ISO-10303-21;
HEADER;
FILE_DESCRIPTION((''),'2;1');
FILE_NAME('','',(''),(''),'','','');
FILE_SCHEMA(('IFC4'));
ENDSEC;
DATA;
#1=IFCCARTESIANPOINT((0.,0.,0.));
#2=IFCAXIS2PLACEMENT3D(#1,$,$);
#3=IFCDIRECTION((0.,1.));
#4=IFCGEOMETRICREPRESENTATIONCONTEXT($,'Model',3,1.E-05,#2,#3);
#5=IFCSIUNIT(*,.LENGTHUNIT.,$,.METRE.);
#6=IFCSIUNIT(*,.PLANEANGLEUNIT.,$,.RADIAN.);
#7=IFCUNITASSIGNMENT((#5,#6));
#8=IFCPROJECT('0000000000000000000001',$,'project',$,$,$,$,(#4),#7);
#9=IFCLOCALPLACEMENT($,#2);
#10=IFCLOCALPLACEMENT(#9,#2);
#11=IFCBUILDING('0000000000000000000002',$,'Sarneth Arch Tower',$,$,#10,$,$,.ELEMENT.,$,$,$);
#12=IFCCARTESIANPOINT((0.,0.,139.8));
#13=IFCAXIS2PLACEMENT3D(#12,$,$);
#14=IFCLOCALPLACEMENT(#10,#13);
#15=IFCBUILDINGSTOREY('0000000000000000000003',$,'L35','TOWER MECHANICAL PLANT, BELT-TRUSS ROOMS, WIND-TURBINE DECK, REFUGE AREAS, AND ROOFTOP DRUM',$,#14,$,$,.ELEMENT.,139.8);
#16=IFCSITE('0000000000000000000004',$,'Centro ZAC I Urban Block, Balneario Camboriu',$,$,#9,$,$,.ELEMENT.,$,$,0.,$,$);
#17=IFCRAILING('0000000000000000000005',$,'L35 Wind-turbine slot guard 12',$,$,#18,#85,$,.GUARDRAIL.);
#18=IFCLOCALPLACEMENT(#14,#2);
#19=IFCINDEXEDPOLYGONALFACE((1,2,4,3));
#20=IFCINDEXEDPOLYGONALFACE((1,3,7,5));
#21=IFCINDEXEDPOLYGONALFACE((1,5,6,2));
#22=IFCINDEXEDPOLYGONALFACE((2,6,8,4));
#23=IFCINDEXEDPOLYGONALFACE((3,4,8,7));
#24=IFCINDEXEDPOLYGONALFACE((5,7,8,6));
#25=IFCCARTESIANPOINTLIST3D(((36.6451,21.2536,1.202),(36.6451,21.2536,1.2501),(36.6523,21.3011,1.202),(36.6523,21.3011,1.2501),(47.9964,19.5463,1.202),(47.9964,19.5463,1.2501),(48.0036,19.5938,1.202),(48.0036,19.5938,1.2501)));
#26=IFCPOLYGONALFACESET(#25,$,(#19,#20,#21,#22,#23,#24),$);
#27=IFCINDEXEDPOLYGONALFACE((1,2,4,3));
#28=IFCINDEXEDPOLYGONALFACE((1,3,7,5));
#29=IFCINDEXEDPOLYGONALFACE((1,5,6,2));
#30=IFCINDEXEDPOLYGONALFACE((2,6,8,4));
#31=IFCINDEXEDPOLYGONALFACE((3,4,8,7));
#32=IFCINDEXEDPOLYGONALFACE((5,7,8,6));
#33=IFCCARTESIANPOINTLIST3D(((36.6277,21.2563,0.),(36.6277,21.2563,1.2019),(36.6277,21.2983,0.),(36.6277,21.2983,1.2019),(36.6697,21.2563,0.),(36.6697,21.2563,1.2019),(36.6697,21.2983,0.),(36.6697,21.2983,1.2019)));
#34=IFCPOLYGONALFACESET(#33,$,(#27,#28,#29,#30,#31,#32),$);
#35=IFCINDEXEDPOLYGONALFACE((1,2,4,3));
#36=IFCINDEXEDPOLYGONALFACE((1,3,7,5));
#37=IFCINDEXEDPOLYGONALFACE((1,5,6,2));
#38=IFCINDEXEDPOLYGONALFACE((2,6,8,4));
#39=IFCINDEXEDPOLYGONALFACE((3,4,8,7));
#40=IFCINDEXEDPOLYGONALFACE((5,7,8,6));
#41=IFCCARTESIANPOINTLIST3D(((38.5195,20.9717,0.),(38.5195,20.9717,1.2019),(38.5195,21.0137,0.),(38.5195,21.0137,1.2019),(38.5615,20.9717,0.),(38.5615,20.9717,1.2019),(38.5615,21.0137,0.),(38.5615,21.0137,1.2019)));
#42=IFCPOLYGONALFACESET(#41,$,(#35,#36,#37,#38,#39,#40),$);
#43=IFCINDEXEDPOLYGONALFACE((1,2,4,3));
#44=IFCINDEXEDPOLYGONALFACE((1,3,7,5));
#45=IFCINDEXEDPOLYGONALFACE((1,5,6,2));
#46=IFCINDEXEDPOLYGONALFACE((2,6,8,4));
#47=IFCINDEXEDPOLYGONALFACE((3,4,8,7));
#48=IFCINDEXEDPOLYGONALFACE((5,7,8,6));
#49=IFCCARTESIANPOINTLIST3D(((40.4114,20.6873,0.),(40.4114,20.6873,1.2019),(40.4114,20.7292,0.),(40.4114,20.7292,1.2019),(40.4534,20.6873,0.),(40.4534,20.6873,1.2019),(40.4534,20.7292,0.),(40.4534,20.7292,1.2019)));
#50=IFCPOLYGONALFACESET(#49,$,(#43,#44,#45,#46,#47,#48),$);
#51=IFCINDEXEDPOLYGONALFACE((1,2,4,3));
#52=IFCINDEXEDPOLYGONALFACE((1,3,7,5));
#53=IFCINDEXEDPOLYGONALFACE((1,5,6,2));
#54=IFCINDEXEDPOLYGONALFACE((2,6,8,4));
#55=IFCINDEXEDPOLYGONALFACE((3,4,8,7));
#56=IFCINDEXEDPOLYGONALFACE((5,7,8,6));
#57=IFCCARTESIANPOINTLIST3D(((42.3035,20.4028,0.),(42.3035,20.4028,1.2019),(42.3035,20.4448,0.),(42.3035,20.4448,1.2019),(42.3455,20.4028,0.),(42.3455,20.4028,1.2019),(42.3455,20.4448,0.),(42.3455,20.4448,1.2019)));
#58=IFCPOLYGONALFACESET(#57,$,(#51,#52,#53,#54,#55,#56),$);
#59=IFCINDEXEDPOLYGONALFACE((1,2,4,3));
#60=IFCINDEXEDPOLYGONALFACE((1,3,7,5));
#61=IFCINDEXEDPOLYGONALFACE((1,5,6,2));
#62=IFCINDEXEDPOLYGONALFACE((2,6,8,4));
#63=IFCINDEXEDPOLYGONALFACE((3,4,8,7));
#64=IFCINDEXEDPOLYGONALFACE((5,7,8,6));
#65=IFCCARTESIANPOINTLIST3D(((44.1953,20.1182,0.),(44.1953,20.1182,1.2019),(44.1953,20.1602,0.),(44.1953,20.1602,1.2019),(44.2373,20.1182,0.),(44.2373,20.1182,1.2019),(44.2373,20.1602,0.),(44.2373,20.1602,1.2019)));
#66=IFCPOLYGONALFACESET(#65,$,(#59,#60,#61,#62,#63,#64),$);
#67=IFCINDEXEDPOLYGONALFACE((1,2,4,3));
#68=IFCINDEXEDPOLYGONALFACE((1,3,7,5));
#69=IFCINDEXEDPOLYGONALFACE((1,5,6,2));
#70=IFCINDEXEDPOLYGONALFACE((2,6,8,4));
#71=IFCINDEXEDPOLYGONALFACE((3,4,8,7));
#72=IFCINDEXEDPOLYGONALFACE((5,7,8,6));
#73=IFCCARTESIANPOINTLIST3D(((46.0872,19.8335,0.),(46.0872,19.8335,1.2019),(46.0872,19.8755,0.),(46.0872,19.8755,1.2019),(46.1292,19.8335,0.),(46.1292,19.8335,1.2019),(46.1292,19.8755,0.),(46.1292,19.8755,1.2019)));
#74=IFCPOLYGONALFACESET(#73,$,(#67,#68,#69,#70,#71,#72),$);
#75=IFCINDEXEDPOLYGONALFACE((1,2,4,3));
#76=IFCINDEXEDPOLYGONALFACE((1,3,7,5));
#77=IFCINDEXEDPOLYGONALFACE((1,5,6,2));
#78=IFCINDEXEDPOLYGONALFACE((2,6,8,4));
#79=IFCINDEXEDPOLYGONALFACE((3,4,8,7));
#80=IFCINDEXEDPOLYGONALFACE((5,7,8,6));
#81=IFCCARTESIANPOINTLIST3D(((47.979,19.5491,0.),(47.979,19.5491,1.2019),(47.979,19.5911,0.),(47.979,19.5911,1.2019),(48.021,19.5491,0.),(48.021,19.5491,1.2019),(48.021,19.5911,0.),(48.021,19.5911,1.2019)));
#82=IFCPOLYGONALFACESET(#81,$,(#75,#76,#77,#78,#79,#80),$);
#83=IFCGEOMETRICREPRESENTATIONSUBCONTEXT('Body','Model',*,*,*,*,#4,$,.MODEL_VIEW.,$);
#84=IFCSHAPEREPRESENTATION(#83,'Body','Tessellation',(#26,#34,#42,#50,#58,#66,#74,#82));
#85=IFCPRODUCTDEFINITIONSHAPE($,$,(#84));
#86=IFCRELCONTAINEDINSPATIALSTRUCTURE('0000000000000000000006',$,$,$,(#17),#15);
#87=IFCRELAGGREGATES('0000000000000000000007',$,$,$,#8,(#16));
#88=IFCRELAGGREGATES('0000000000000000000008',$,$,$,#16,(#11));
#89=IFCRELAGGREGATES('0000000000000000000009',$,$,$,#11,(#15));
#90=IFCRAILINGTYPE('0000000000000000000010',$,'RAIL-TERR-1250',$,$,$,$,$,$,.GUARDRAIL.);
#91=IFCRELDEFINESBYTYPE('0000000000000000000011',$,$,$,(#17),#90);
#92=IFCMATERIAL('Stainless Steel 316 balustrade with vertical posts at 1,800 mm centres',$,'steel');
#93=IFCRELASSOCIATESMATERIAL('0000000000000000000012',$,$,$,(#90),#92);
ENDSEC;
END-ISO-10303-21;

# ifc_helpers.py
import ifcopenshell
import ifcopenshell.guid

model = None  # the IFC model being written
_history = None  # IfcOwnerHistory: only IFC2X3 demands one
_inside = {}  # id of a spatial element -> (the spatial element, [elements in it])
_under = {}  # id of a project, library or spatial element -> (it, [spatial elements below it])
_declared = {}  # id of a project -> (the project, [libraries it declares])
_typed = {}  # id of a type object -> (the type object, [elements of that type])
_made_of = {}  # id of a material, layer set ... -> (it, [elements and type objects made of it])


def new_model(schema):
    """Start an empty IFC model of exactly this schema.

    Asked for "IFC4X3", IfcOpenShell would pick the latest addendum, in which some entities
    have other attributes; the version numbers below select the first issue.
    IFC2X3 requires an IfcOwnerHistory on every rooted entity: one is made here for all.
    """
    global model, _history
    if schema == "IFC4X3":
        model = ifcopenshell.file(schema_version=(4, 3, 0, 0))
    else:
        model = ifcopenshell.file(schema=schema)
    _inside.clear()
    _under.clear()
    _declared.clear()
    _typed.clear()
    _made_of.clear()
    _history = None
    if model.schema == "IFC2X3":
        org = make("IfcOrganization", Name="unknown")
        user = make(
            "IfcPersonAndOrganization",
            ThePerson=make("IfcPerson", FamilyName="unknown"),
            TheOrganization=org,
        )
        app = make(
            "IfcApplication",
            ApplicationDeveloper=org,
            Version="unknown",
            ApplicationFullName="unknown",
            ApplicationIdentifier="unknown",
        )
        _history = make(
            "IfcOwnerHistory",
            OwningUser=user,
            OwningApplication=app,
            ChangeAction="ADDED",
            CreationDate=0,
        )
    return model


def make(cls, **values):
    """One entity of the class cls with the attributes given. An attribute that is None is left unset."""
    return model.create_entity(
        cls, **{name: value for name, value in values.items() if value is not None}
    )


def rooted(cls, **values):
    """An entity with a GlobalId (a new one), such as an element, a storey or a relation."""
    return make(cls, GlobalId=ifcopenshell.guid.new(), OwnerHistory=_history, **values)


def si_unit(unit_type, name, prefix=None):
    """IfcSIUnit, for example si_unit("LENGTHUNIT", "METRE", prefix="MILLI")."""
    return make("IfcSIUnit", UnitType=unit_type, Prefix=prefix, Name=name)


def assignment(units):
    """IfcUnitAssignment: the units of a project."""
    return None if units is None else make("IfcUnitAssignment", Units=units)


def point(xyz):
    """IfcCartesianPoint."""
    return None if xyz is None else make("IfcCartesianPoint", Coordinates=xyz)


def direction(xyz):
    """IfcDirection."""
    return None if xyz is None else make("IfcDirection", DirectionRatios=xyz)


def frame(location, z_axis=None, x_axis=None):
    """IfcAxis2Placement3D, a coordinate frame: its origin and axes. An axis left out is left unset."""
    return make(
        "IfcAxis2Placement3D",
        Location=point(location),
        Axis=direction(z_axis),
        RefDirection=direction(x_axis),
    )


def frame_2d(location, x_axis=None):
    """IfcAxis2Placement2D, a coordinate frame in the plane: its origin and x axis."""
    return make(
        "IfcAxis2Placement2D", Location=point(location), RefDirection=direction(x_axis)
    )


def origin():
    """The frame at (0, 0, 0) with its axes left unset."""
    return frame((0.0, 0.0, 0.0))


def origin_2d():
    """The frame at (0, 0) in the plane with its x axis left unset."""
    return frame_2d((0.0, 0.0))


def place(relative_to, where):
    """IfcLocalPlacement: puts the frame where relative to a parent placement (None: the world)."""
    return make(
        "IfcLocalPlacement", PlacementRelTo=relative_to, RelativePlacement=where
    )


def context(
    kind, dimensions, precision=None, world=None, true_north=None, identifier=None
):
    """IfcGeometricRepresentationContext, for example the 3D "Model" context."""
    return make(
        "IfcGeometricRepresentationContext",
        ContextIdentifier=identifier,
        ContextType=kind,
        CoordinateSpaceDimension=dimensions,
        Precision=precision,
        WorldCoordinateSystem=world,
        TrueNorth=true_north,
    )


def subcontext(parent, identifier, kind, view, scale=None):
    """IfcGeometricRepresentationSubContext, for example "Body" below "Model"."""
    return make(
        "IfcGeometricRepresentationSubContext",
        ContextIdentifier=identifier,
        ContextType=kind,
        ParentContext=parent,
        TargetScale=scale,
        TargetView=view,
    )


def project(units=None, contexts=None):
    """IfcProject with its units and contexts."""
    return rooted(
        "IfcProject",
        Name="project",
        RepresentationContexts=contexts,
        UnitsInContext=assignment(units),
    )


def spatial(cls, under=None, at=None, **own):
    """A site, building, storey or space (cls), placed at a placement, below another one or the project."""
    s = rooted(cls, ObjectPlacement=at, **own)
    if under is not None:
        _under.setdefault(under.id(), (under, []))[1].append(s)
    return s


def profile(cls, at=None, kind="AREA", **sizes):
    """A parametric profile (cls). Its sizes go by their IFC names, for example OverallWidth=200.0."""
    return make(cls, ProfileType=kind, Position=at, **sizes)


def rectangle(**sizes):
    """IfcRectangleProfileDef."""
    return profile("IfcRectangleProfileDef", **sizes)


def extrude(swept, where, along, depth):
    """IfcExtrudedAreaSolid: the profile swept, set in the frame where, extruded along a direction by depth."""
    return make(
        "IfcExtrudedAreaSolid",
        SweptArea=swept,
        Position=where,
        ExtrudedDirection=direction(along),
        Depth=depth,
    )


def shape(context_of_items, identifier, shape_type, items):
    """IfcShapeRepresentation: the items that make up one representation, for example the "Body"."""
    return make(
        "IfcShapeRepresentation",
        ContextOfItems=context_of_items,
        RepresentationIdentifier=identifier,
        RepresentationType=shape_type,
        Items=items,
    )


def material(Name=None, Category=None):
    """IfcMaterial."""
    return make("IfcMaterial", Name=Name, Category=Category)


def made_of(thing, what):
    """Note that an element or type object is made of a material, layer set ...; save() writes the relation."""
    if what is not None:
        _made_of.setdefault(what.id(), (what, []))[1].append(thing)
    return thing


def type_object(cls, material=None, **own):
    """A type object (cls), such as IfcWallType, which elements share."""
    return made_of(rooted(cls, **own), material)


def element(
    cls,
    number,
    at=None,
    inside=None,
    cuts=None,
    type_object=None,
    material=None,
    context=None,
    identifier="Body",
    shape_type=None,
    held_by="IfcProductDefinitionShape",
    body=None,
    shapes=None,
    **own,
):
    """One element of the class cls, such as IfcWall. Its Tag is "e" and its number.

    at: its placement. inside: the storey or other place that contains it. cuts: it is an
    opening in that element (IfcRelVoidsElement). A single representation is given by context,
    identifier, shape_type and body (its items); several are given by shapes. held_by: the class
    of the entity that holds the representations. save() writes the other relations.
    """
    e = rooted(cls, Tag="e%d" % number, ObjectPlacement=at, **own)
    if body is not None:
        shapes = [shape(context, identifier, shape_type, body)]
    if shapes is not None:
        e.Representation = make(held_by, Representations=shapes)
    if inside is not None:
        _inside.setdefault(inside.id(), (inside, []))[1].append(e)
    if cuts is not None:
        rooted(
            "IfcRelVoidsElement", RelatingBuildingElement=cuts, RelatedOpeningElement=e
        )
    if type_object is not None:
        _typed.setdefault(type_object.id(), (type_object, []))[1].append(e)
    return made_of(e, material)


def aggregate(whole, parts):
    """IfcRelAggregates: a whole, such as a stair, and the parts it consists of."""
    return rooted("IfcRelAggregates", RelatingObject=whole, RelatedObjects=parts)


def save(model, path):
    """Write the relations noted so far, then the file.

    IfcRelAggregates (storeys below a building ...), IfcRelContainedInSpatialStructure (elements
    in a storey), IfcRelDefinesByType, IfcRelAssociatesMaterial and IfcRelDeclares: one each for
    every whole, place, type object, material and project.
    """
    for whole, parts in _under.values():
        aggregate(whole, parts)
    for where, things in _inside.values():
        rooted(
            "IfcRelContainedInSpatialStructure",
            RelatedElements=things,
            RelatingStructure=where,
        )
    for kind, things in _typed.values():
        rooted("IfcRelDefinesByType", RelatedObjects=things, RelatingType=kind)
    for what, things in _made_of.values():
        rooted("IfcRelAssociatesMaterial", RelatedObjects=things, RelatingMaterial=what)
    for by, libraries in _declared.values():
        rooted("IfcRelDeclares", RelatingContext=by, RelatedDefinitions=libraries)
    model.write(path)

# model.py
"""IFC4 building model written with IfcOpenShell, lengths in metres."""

from ifc_helpers import new_model, si_unit, direction, frame, origin, origin_2d, place, context, subcontext, project, spatial, rectangle, extrude, material, type_object, element, save


model = new_model("IFC4")

# Units and contexts
model_context = context("Model", 3, precision=1e-05, world=origin(), true_north=direction((0.0, 1.0)))
body_context = subcontext(model_context, "Body", "Model", "MODEL_VIEW")
ifc_project = project(units=[si_unit("LENGTHUNIT", "METRE"), si_unit("PLANEANGLEUNIT", "RADIAN")], contexts=[model_context])

# Site, building, storey
site_placement = place(None, origin())
site = spatial("IfcSite", under=ifc_project, at=site_placement, Name="Centro ZAC I Urban Block, Balneario Camboriu", CompositionType="ELEMENT", RefElevation=0.0)
building_placement = place(site_placement, origin())
building = spatial("IfcBuilding", under=site, at=building_placement, Name="Sarneth Arch Tower", CompositionType="ELEMENT")
storey_placement = place(building_placement, frame((0.0, 0.0, 139.8)))
storey = spatial("IfcBuildingStorey", under=building, at=storey_placement, Name="L35", Description="TOWER MECHANICAL PLANT, BELT-TRUSS ROOMS, WIND-TURBINE DECK, REFUGE AREAS, AND ROOFTOP DRUM", CompositionType="ELEMENT", Elevation=139.8)

# Railing
ifc_material_1 = material(Name="Stainless Steel 316 balustrade with vertical posts at 1,800 mm centres", Category="steel")
railing_type = type_object("IfcRailingType", Name="RAIL-TERR-1250", PredefinedType="GUARDRAIL", material=ifc_material_1)
railing_1_placement = place(storey_placement, frame((36.6487, 21.2773, 0.0)))
element("IfcRailing", 1, at=railing_1_placement, inside=storey, type_object=railing_type, Name="L35 Wind-turbine slot guard 12", PredefinedType="GUARDRAIL", context=body_context, shape_type="SweptSolid", body=[
    extrude(rectangle(XDim=0.0481, YDim=0.0481, at=origin_2d()), frame((0.0, 0.0, 1.2261), z_axis=(0.988878, -0.14873, 0.0), x_axis=(0.14873, 0.988878, 0.0)), (0.0, 0.0, 1.0), 11.479),
    extrude(rectangle(XDim=0.042, YDim=0.042, at=origin_2d()), origin(), (0.0, 0.0, 1.0), 1.2019),
    extrude(rectangle(XDim=0.042, YDim=0.042, at=origin_2d()), frame((1.8918, -0.2847, 0.0)), (0.0, 0.0, 1.0), 1.2019),
    extrude(rectangle(XDim=0.042, YDim=0.042, at=origin_2d()), frame((3.7837, -0.5691, 0.0)), (0.0, 0.0, 1.0), 1.2019),
    extrude(rectangle(XDim=0.042, YDim=0.042, at=origin_2d()), frame((5.6758, -0.8535, 0.0)), (0.0, 0.0, 1.0), 1.2019),
    extrude(rectangle(XDim=0.042, YDim=0.042, at=origin_2d()), frame((7.5676, -1.1382, 0.0)), (0.0, 0.0, 1.0), 1.2019),
    extrude(rectangle(XDim=0.042, YDim=0.042, at=origin_2d()), frame((9.4595, -1.4229, 0.0)), (0.0, 0.0, 1.0), 1.2019),
    extrude(rectangle(XDim=0.042, YDim=0.042, at=origin_2d()), frame((11.3513, -1.7073, 0.0)), (0.0, 0.0, 1.0), 1.2019),
])

save(model, "model.ifc")
